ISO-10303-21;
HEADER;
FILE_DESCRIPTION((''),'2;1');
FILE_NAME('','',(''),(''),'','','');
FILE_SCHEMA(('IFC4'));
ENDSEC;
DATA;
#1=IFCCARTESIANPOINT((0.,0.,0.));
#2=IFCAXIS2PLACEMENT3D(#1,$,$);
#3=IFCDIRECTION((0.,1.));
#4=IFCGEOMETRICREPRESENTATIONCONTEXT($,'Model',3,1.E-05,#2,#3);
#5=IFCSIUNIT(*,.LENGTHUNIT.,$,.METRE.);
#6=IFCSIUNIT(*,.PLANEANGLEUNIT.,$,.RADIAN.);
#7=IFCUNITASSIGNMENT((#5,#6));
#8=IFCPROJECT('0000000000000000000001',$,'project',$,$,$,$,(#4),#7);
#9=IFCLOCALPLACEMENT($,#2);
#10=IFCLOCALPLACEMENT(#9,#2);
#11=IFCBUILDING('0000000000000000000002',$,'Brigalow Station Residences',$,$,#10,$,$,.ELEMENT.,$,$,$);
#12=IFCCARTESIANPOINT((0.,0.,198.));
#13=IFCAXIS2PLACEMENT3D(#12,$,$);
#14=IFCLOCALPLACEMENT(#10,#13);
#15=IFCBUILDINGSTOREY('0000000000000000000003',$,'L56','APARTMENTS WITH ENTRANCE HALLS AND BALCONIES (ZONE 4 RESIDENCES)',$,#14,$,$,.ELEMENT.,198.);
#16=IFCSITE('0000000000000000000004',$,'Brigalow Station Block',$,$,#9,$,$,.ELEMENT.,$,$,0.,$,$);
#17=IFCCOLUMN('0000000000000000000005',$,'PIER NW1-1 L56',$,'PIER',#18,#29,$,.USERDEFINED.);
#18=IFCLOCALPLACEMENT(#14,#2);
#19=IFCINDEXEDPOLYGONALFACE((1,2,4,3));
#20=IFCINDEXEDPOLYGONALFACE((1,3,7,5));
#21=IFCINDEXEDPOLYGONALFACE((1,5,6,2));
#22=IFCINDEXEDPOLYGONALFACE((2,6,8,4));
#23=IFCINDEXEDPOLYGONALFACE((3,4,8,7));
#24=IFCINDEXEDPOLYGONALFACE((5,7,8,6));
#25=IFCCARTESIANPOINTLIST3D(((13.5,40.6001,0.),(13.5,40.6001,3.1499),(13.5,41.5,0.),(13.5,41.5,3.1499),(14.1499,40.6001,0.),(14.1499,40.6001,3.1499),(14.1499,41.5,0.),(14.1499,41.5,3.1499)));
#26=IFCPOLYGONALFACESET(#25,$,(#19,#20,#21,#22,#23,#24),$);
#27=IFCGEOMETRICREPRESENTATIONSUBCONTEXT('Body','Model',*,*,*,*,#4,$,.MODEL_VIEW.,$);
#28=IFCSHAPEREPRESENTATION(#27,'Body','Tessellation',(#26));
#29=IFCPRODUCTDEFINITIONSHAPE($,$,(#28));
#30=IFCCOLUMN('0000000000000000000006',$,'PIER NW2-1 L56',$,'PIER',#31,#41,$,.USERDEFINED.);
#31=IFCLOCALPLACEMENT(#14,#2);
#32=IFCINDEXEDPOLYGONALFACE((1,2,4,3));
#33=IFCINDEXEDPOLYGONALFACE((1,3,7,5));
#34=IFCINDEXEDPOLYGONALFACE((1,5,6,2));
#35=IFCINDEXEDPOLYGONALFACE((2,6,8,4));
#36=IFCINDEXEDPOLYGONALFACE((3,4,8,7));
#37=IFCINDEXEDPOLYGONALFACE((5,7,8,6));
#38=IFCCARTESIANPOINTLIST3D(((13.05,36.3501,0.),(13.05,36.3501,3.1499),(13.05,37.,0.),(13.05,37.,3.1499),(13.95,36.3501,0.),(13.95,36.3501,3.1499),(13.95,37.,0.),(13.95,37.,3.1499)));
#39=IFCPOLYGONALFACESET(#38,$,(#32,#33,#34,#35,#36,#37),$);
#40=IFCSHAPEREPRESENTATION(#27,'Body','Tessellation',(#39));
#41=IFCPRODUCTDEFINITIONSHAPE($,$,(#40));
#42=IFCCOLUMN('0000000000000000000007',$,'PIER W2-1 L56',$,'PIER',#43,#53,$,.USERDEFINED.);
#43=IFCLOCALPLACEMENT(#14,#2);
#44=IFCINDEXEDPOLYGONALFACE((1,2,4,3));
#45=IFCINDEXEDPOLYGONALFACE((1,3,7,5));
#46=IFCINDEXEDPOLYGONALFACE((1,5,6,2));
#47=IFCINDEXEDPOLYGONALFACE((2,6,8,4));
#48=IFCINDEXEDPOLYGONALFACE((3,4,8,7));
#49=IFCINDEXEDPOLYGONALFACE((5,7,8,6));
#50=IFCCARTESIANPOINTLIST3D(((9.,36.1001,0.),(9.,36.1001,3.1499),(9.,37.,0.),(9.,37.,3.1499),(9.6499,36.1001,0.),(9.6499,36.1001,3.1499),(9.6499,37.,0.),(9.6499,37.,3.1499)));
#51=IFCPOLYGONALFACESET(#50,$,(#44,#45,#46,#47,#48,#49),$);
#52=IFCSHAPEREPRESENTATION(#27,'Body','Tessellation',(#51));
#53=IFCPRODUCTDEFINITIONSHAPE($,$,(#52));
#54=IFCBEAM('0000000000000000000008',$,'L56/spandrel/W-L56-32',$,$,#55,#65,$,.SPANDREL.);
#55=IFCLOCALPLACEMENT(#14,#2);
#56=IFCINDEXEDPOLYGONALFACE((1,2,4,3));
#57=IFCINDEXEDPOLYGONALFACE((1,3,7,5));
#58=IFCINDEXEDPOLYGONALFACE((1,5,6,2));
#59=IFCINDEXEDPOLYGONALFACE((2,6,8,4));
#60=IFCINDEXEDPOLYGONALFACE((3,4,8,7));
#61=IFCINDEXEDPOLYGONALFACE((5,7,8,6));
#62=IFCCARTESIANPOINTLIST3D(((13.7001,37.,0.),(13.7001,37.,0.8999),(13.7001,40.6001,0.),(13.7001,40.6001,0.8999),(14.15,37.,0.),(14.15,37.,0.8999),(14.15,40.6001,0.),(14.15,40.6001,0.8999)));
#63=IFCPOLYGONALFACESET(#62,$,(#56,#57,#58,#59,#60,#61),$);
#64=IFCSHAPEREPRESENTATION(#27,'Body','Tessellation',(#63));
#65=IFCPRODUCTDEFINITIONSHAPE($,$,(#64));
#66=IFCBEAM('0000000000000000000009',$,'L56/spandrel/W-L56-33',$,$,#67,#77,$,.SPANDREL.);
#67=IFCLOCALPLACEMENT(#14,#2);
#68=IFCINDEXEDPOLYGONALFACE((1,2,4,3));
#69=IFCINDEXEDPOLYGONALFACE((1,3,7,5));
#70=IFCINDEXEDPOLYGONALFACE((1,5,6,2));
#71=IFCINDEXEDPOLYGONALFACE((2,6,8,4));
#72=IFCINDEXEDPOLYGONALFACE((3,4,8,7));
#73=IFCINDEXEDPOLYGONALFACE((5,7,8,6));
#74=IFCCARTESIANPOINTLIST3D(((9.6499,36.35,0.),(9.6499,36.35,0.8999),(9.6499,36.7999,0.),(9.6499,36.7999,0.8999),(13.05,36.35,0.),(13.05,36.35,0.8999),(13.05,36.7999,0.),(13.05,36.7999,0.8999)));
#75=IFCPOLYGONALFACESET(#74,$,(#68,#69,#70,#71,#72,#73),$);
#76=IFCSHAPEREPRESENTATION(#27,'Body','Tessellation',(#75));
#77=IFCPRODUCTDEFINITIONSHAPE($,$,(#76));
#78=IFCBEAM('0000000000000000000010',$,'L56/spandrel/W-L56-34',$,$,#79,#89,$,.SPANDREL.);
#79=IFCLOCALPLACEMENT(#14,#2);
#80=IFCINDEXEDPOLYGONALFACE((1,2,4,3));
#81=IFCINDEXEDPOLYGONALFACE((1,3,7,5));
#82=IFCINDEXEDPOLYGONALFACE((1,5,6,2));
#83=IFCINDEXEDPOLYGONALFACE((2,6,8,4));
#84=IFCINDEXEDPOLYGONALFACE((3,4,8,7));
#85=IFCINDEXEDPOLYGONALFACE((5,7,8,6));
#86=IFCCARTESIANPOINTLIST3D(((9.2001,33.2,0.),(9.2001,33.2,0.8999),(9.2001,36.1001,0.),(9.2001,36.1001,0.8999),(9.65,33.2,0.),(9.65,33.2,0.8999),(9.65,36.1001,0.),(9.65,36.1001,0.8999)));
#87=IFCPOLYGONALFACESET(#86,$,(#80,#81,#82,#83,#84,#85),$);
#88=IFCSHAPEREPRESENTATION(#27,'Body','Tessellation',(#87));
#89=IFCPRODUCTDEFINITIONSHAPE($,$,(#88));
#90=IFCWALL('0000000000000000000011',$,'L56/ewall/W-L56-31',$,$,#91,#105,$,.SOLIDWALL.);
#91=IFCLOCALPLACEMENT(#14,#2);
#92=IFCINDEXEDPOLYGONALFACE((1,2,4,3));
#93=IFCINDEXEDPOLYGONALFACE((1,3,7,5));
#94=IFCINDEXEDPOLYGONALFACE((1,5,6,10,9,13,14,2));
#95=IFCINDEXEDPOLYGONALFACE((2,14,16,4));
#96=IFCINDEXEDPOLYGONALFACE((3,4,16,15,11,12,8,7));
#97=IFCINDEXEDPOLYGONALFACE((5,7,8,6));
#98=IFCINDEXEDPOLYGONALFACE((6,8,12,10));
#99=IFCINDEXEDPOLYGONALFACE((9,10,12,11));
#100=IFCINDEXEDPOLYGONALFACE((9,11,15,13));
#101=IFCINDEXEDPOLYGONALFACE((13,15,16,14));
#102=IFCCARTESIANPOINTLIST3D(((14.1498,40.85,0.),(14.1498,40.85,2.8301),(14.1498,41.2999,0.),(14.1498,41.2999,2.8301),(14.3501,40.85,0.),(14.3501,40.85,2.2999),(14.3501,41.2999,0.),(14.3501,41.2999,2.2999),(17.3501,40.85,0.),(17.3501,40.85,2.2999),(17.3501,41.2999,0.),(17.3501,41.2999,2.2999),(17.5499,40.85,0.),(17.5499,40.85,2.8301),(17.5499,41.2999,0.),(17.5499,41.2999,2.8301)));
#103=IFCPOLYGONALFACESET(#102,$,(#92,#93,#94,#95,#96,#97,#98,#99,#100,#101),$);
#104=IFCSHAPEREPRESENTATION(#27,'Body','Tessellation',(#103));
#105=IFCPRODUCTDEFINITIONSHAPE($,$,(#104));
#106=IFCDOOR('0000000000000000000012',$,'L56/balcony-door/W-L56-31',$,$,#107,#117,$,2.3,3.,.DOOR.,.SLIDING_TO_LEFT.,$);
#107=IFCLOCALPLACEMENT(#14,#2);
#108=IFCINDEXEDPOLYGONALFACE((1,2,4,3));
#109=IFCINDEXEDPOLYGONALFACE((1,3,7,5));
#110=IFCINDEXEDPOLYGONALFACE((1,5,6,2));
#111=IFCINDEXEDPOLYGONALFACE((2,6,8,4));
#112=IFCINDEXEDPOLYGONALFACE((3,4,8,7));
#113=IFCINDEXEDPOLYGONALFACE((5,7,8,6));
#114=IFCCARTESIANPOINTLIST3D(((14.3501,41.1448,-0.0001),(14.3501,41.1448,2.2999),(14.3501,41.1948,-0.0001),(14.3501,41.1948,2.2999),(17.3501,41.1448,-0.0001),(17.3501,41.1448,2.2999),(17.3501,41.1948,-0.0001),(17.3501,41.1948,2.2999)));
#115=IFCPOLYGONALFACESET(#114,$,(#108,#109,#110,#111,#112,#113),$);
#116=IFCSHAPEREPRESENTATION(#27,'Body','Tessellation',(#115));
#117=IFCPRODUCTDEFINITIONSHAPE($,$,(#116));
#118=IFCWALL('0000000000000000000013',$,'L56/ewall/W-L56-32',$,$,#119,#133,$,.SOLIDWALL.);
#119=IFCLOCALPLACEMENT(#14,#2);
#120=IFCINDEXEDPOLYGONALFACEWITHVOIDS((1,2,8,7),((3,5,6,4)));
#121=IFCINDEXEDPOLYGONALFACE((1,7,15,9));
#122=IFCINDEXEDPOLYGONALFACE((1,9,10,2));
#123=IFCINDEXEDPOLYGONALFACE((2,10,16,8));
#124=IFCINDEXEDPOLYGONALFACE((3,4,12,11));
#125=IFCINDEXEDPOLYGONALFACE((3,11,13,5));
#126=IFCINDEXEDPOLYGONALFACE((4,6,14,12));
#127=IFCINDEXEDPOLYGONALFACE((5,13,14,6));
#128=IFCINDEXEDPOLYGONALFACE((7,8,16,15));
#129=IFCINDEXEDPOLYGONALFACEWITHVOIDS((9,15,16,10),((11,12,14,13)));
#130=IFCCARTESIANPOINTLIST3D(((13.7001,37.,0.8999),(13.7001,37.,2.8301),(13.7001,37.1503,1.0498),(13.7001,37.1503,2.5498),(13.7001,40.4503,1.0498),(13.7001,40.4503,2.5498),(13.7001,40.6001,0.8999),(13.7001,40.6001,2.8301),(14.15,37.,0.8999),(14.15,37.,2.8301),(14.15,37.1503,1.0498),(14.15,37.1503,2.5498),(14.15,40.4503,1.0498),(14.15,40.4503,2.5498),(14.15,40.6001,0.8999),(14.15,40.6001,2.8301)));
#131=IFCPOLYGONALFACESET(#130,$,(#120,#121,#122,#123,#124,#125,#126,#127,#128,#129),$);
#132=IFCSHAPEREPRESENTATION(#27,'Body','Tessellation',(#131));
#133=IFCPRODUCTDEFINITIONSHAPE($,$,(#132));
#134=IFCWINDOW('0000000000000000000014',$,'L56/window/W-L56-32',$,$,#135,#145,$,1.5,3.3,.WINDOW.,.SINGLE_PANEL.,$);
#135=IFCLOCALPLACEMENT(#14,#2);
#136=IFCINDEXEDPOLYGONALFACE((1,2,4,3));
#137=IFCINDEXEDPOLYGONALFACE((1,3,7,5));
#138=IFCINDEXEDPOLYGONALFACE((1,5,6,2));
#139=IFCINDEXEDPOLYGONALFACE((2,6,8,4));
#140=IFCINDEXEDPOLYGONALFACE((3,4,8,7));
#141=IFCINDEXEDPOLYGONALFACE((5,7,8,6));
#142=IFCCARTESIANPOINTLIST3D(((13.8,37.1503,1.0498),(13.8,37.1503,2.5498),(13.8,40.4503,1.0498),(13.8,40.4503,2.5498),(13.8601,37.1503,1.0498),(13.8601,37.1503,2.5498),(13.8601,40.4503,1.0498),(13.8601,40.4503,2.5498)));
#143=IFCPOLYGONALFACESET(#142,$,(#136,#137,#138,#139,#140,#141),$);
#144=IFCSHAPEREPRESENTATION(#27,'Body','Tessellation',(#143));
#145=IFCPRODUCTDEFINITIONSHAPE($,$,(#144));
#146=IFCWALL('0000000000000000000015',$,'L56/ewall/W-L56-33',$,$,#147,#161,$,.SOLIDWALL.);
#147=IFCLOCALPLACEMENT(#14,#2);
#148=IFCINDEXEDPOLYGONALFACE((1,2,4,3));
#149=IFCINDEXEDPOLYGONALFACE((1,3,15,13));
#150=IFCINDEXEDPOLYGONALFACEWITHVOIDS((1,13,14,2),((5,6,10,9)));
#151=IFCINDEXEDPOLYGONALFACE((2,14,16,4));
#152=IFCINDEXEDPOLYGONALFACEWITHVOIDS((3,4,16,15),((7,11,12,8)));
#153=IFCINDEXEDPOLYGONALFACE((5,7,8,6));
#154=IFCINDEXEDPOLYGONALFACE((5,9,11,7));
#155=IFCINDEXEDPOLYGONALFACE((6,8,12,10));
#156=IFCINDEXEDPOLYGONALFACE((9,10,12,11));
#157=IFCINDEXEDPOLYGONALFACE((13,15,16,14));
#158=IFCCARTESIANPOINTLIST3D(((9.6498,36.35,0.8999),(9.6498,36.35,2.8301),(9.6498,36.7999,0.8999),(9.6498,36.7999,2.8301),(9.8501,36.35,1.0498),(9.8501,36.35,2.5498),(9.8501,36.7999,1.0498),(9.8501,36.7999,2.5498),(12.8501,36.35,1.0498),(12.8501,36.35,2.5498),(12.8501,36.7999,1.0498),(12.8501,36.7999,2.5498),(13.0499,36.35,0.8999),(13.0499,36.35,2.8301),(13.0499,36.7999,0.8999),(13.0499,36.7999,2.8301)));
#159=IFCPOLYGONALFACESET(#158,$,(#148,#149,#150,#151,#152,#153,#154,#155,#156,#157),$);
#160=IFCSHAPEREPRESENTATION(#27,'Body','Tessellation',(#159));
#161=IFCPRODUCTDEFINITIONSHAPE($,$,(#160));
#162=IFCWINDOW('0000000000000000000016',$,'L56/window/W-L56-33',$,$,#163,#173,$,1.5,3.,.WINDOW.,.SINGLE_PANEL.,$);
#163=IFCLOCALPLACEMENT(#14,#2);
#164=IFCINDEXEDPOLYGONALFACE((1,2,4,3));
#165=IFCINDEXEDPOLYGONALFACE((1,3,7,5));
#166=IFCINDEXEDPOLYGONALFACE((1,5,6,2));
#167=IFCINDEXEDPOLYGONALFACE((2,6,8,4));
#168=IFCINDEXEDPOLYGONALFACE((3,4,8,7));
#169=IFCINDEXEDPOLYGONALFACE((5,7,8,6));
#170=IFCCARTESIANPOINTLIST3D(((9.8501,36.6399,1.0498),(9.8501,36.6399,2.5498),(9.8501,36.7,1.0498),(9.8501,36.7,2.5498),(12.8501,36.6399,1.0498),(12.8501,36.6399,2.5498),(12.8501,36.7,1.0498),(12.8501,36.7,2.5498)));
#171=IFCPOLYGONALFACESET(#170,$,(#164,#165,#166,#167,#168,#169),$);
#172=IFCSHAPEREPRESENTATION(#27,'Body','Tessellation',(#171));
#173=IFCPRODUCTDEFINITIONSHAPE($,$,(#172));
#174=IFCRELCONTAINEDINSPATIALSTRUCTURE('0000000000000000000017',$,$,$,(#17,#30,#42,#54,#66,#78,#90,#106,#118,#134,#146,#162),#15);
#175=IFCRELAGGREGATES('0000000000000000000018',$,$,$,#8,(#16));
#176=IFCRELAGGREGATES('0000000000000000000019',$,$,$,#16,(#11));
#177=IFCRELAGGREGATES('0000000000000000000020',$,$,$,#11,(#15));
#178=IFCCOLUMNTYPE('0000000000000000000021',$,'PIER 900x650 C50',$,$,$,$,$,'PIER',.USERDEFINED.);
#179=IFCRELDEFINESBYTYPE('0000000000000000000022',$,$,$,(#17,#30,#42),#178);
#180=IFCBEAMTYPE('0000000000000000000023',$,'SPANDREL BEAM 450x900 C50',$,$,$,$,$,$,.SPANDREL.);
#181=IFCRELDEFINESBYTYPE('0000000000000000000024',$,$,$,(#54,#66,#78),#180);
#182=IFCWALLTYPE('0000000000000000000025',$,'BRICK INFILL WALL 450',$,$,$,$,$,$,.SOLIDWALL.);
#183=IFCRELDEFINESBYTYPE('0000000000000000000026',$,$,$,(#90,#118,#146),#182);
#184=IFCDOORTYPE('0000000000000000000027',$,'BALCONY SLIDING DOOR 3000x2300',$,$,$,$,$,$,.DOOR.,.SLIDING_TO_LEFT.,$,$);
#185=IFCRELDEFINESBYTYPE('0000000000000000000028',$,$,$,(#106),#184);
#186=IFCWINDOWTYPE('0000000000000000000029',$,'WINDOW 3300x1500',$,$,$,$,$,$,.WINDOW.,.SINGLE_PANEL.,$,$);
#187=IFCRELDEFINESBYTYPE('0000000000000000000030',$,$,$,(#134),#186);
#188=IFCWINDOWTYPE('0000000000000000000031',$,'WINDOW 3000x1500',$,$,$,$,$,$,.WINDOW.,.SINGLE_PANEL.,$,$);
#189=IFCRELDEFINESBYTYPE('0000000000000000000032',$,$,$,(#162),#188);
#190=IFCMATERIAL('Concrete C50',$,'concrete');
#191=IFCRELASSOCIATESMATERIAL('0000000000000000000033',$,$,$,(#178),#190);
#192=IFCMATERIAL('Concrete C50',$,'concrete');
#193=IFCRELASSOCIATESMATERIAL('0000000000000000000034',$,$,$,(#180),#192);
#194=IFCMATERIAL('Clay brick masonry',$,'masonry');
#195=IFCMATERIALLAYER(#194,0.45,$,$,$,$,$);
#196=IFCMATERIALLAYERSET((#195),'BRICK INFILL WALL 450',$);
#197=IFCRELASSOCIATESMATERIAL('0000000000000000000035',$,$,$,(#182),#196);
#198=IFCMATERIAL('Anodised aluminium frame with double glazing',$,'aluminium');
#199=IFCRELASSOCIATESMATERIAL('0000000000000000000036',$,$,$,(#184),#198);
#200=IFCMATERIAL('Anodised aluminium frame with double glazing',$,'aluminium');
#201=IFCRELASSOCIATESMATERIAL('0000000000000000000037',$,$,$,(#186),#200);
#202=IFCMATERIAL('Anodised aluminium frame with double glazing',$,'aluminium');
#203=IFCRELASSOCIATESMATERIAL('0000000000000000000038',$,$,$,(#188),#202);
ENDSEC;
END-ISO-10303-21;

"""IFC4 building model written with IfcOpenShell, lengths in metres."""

from ifc_helpers import new_model, si_unit, direction, frame, frame_2d, origin, origin_2d, place, context, subcontext, project, spatial, rectangle, extrude, material, layer, layer_set, material_profile, profile_set, type_object, element, fill, save


model = new_model("IFC4")

# Units and contexts
model_context = context("Model", 3, precision=1e-05, world=origin(), true_north=direction((0.0, 1.0)))
body_context = subcontext(model_context, "Body", "Model", "MODEL_VIEW")
ifc_project = project(units=[si_unit("LENGTHUNIT", "METRE"), si_unit("PLANEANGLEUNIT", "RADIAN")], contexts=[model_context])

# Site, building, storey
site_placement = place(None, origin())
site = spatial("IfcSite", under=ifc_project, at=site_placement, Name="Brigalow Station Block", CompositionType="ELEMENT", RefElevation=0.0)
building_placement = place(site_placement, origin())
building = spatial("IfcBuilding", under=site, at=building_placement, Name="Brigalow Station Residences", CompositionType="ELEMENT")
storey_placement = place(building_placement, frame((0.0, 0.0, 198.0)))
storey = spatial("IfcBuildingStorey", under=building, at=storey_placement, Name="L56", Description="APARTMENTS WITH ENTRANCE HALLS AND BALCONIES (ZONE 4 RESIDENCES)", CompositionType="ELEMENT", Elevation=198.0)

# Columns
ifc_material_1 = material(Name="Concrete C50", Category="concrete")
ifc_material_profile_1 = material_profile(ifc_material_1, rectangle(XDim=0.8999, YDim=0.6499, at=origin_2d()), Name="RC900x650")
ifc_profile_set_1 = profile_set([ifc_material_profile_1], Name="Concrete C50")
column_type = type_object("IfcColumnType", Name="PIER 900x650 C50", ElementType="PIER", PredefinedType="USERDEFINED", material=ifc_profile_set_1)
for number, where, z_axis, x_axis, name in (
    (1, (13.825, 41.05, 0.0), (0.0, 0.0, 1.0), (0.0, -1.0, 0.0), "PIER NW1-1 L56"),
    (2, (13.5, 36.675, 0.0), (0.0, 0.0, 1.0), (-1.0, 0.0, 0.0), "PIER NW2-1 L56"),
    (3, (9.325, 36.55, 0.0), (0.0, 0.0, 1.0), (0.0, -1.0, 0.0), "PIER W2-1 L56"),
):
    element("IfcColumn", number, at=place(storey_placement, frame(where, z_axis=z_axis, x_axis=x_axis)), inside=storey, type_object=column_type, Name=name, ObjectType="PIER", PredefinedType="USERDEFINED", context=body_context, shape_type="SweptSolid", body=[
        extrude(rectangle(XDim=0.8999, YDim=0.6499, at=origin_2d()), origin(), (0.0, 0.0, 1.0), 3.1499),
    ])

# Beams
ifc_material_2 = material(Name="Concrete C50", Category="concrete")
ifc_material_profile_2 = material_profile(ifc_material_2, rectangle(XDim=0.45, YDim=0.8999, at=origin_2d()), Name="RC450x900")
ifc_profile_set_2 = profile_set([ifc_material_profile_2], Name="Concrete C50")
beam_type = type_object("IfcBeamType", Name="SPANDREL BEAM 450x900 C50", PredefinedType="SPANDREL", material=ifc_profile_set_2)
beam_1_placement = place(storey_placement, frame((13.925, 40.6001, 0.45), z_axis=(0.0, -1.0, 0.0), x_axis=(1.0, 0.0, 0.0)))
element("IfcBeam", 4, at=beam_1_placement, inside=storey, type_object=beam_type, Name="L56/spandrel/W-L56-32", PredefinedType="SPANDREL", context=body_context, shape_type="SweptSolid", body=[
    extrude(rectangle(XDim=0.45, YDim=0.8999, at=origin_2d()), origin(), (0.0, 0.0, 1.0), 3.6001),
])
beam_2_placement = place(storey_placement, frame((13.05, 36.575, 0.45), z_axis=(-1.0, 0.0, 0.0), x_axis=(0.0, -1.0, 0.0)))
element("IfcBeam", 5, at=beam_2_placement, inside=storey, type_object=beam_type, Name="L56/spandrel/W-L56-33", PredefinedType="SPANDREL", context=body_context, shape_type="SweptSolid", body=[
    extrude(rectangle(XDim=0.45, YDim=0.8999, at=origin_2d()), origin(), (0.0, 0.0, 1.0), 3.4001),
])
beam_3_placement = place(storey_placement, frame((9.425, 36.1001, 0.45), z_axis=(0.0, -1.0, 0.0), x_axis=(1.0, 0.0, 0.0)))
element("IfcBeam", 6, at=beam_3_placement, inside=storey, type_object=beam_type, Name="L56/spandrel/W-L56-34", PredefinedType="SPANDREL", context=body_context, shape_type="SweptSolid", body=[
    extrude(rectangle(XDim=0.45, YDim=0.8999, at=origin_2d()), origin(), (0.0, 0.0, 1.0), 2.9001),
])

# Wall, opening, door
ifc_material_3 = material(Name="Clay brick masonry", Category="masonry")
ifc_layer_1 = layer(ifc_material_3, 0.45)
ifc_layer_set_1 = layer_set([ifc_layer_1], Name="BRICK INFILL WALL 450")
wall_type = type_object("IfcWallType", Name="BRICK INFILL WALL 450", PredefinedType="SOLIDWALL", material=ifc_layer_set_1)
wall_1_placement = place(storey_placement, frame((17.55, 41.075, 0.0), z_axis=(0.0, 0.0, 1.0), x_axis=(-1.0, 0.0, 0.0)))
wall_1 = element("IfcWall", 7, at=wall_1_placement, inside=storey, type_object=wall_type, Name="L56/ewall/W-L56-31", PredefinedType="SOLIDWALL", context=body_context, shape_type="SweptSolid", body=[
    extrude(rectangle(XDim=3.4001, YDim=0.45, at=frame_2d((1.7002, 0.0))), origin(), (0.0, 0.0, 1.0), 2.8301),
])
opening_1_placement = place(wall_1_placement, frame((0.2, 0.0, 0.0)))
opening_1 = element("IfcOpeningElement", 8, at=opening_1_placement, cuts=wall_1, PredefinedType="OPENING", context=body_context, shape_type="SweptSolid", body=[
    extrude(rectangle(XDim=3.0, YDim=2.3, at=frame_2d((1.5, 1.1499))), frame((0.0, 0.2349, 0.0), z_axis=(0.0, -1.0, 0.0), x_axis=(1.0, 0.0, 0.0)), (0.0, 0.0, 1.0), 0.47),
])
ifc_material_4 = material(Name="Anodised aluminium frame with double glazing", Category="aluminium")
door_type = type_object("IfcDoorType", Name="BALCONY SLIDING DOOR 3000x2300", OperationType="SLIDING_TO_LEFT", PredefinedType="DOOR", material=ifc_material_4)
door_placement = place(opening_1_placement, origin())
door = element("IfcDoor", 9, at=door_placement, inside=storey, type_object=door_type, Name="L56/balcony-door/W-L56-31", OperationType="SLIDING_TO_LEFT", OverallHeight=2.3, OverallWidth=3.0, PredefinedType="DOOR", context=body_context, shape_type="SweptSolid", body=[
    extrude(rectangle(XDim=3.0, YDim=2.3, at=frame_2d((1.5, 1.1499))), frame((0.0, -0.0698, 0.0), z_axis=(0.0, -1.0, 0.0), x_axis=(1.0, 0.0, 0.0)), (0.0, 0.0, 1.0), 0.05),
])
fill(opening_1, door)

# Walls, openings, windows
wall_2_placement = place(storey_placement, frame((13.925, 40.6001, 0.8999), z_axis=(0.0, 0.0, 1.0), x_axis=(0.0, -1.0, 0.0)))
wall_2 = element("IfcWall", 10, at=wall_2_placement, inside=storey, type_object=wall_type, Name="L56/ewall/W-L56-32", PredefinedType="SOLIDWALL", context=body_context, shape_type="SweptSolid", body=[
    extrude(rectangle(XDim=3.6001, YDim=0.45, at=frame_2d((1.8, 0.0))), origin(), (0.0, 0.0, 1.0), 1.9302),
])
opening_2_placement = place(wall_2_placement, frame((0.1499, 0.0, 0.1499)))
opening_2 = element("IfcOpeningElement", 11, at=opening_2_placement, cuts=wall_2, PredefinedType="OPENING", context=body_context, shape_type="SweptSolid", body=[
    extrude(rectangle(XDim=3.3, YDim=1.5, at=frame_2d((1.6499, 0.75))), frame((0.0, 0.2349, 0.0), z_axis=(0.0, -1.0, 0.0), x_axis=(1.0, 0.0, 0.0)), (0.0, 0.0, 1.0), 0.47),
])
ifc_material_5 = material(Name="Anodised aluminium frame with double glazing", Category="aluminium")
window_type_1 = type_object("IfcWindowType", Name="WINDOW 3300x1500", PartitioningType="SINGLE_PANEL", PredefinedType="WINDOW", material=ifc_material_5)
window_1_placement = place(opening_2_placement, origin())
window_1 = element("IfcWindow", 12, at=window_1_placement, inside=storey, type_object=window_type_1, Name="L56/window/W-L56-32", OverallHeight=1.5, OverallWidth=3.3, PartitioningType="SINGLE_PANEL", PredefinedType="WINDOW", context=body_context, shape_type="SweptSolid", body=[
    extrude(rectangle(XDim=3.3, YDim=1.5, at=frame_2d((1.6499, 0.75))), frame((0.0, -0.0649, 0.0), z_axis=(0.0, -1.0, 0.0), x_axis=(1.0, 0.0, 0.0)), (0.0, 0.0, 1.0), 0.0601),
])
fill(opening_2, window_1)
wall_3_placement = place(storey_placement, frame((13.05, 36.575, 0.8999), z_axis=(0.0, 0.0, 1.0), x_axis=(-1.0, 0.0, 0.0)))
wall_3 = element("IfcWall", 13, at=wall_3_placement, inside=storey, type_object=wall_type, Name="L56/ewall/W-L56-33", PredefinedType="SOLIDWALL", context=body_context, shape_type="SweptSolid", body=[
    extrude(rectangle(XDim=3.4001, YDim=0.45, at=frame_2d((1.7002, 0.0))), origin(), (0.0, 0.0, 1.0), 1.9302),
])
opening_3_placement = place(wall_3_placement, frame((0.2, 0.0, 0.1499)))
opening_3 = element("IfcOpeningElement", 14, at=opening_3_placement, cuts=wall_3, PredefinedType="OPENING", context=body_context, shape_type="SweptSolid", body=[
    extrude(rectangle(XDim=3.0, YDim=1.5, at=frame_2d((1.5, 0.75))), frame((0.0, 0.2349, 0.0), z_axis=(0.0, -1.0, 0.0), x_axis=(1.0, 0.0, 0.0)), (0.0, 0.0, 1.0), 0.47),
])
ifc_material_6 = material(Name="Anodised aluminium frame with double glazing", Category="aluminium")
window_type_2 = type_object("IfcWindowType", Name="WINDOW 3000x1500", PartitioningType="SINGLE_PANEL", PredefinedType="WINDOW", material=ifc_material_6)
window_2_placement = place(opening_3_placement, origin())
window_2 = element("IfcWindow", 15, at=window_2_placement, inside=storey, type_object=window_type_2, Name="L56/window/W-L56-33", OverallHeight=1.5, OverallWidth=3.0, PartitioningType="SINGLE_PANEL", PredefinedType="WINDOW", context=body_context, shape_type="SweptSolid", body=[
    extrude(rectangle(XDim=3.0, YDim=1.5, at=frame_2d((1.5, 0.75))), frame((0.0, -0.0649, 0.0), z_axis=(0.0, -1.0, 0.0), x_axis=(1.0, 0.0, 0.0)), (0.0, 0.0, 1.0), 0.0601),
])
fill(opening_3, window_2)

save(model, "model.ifc")
